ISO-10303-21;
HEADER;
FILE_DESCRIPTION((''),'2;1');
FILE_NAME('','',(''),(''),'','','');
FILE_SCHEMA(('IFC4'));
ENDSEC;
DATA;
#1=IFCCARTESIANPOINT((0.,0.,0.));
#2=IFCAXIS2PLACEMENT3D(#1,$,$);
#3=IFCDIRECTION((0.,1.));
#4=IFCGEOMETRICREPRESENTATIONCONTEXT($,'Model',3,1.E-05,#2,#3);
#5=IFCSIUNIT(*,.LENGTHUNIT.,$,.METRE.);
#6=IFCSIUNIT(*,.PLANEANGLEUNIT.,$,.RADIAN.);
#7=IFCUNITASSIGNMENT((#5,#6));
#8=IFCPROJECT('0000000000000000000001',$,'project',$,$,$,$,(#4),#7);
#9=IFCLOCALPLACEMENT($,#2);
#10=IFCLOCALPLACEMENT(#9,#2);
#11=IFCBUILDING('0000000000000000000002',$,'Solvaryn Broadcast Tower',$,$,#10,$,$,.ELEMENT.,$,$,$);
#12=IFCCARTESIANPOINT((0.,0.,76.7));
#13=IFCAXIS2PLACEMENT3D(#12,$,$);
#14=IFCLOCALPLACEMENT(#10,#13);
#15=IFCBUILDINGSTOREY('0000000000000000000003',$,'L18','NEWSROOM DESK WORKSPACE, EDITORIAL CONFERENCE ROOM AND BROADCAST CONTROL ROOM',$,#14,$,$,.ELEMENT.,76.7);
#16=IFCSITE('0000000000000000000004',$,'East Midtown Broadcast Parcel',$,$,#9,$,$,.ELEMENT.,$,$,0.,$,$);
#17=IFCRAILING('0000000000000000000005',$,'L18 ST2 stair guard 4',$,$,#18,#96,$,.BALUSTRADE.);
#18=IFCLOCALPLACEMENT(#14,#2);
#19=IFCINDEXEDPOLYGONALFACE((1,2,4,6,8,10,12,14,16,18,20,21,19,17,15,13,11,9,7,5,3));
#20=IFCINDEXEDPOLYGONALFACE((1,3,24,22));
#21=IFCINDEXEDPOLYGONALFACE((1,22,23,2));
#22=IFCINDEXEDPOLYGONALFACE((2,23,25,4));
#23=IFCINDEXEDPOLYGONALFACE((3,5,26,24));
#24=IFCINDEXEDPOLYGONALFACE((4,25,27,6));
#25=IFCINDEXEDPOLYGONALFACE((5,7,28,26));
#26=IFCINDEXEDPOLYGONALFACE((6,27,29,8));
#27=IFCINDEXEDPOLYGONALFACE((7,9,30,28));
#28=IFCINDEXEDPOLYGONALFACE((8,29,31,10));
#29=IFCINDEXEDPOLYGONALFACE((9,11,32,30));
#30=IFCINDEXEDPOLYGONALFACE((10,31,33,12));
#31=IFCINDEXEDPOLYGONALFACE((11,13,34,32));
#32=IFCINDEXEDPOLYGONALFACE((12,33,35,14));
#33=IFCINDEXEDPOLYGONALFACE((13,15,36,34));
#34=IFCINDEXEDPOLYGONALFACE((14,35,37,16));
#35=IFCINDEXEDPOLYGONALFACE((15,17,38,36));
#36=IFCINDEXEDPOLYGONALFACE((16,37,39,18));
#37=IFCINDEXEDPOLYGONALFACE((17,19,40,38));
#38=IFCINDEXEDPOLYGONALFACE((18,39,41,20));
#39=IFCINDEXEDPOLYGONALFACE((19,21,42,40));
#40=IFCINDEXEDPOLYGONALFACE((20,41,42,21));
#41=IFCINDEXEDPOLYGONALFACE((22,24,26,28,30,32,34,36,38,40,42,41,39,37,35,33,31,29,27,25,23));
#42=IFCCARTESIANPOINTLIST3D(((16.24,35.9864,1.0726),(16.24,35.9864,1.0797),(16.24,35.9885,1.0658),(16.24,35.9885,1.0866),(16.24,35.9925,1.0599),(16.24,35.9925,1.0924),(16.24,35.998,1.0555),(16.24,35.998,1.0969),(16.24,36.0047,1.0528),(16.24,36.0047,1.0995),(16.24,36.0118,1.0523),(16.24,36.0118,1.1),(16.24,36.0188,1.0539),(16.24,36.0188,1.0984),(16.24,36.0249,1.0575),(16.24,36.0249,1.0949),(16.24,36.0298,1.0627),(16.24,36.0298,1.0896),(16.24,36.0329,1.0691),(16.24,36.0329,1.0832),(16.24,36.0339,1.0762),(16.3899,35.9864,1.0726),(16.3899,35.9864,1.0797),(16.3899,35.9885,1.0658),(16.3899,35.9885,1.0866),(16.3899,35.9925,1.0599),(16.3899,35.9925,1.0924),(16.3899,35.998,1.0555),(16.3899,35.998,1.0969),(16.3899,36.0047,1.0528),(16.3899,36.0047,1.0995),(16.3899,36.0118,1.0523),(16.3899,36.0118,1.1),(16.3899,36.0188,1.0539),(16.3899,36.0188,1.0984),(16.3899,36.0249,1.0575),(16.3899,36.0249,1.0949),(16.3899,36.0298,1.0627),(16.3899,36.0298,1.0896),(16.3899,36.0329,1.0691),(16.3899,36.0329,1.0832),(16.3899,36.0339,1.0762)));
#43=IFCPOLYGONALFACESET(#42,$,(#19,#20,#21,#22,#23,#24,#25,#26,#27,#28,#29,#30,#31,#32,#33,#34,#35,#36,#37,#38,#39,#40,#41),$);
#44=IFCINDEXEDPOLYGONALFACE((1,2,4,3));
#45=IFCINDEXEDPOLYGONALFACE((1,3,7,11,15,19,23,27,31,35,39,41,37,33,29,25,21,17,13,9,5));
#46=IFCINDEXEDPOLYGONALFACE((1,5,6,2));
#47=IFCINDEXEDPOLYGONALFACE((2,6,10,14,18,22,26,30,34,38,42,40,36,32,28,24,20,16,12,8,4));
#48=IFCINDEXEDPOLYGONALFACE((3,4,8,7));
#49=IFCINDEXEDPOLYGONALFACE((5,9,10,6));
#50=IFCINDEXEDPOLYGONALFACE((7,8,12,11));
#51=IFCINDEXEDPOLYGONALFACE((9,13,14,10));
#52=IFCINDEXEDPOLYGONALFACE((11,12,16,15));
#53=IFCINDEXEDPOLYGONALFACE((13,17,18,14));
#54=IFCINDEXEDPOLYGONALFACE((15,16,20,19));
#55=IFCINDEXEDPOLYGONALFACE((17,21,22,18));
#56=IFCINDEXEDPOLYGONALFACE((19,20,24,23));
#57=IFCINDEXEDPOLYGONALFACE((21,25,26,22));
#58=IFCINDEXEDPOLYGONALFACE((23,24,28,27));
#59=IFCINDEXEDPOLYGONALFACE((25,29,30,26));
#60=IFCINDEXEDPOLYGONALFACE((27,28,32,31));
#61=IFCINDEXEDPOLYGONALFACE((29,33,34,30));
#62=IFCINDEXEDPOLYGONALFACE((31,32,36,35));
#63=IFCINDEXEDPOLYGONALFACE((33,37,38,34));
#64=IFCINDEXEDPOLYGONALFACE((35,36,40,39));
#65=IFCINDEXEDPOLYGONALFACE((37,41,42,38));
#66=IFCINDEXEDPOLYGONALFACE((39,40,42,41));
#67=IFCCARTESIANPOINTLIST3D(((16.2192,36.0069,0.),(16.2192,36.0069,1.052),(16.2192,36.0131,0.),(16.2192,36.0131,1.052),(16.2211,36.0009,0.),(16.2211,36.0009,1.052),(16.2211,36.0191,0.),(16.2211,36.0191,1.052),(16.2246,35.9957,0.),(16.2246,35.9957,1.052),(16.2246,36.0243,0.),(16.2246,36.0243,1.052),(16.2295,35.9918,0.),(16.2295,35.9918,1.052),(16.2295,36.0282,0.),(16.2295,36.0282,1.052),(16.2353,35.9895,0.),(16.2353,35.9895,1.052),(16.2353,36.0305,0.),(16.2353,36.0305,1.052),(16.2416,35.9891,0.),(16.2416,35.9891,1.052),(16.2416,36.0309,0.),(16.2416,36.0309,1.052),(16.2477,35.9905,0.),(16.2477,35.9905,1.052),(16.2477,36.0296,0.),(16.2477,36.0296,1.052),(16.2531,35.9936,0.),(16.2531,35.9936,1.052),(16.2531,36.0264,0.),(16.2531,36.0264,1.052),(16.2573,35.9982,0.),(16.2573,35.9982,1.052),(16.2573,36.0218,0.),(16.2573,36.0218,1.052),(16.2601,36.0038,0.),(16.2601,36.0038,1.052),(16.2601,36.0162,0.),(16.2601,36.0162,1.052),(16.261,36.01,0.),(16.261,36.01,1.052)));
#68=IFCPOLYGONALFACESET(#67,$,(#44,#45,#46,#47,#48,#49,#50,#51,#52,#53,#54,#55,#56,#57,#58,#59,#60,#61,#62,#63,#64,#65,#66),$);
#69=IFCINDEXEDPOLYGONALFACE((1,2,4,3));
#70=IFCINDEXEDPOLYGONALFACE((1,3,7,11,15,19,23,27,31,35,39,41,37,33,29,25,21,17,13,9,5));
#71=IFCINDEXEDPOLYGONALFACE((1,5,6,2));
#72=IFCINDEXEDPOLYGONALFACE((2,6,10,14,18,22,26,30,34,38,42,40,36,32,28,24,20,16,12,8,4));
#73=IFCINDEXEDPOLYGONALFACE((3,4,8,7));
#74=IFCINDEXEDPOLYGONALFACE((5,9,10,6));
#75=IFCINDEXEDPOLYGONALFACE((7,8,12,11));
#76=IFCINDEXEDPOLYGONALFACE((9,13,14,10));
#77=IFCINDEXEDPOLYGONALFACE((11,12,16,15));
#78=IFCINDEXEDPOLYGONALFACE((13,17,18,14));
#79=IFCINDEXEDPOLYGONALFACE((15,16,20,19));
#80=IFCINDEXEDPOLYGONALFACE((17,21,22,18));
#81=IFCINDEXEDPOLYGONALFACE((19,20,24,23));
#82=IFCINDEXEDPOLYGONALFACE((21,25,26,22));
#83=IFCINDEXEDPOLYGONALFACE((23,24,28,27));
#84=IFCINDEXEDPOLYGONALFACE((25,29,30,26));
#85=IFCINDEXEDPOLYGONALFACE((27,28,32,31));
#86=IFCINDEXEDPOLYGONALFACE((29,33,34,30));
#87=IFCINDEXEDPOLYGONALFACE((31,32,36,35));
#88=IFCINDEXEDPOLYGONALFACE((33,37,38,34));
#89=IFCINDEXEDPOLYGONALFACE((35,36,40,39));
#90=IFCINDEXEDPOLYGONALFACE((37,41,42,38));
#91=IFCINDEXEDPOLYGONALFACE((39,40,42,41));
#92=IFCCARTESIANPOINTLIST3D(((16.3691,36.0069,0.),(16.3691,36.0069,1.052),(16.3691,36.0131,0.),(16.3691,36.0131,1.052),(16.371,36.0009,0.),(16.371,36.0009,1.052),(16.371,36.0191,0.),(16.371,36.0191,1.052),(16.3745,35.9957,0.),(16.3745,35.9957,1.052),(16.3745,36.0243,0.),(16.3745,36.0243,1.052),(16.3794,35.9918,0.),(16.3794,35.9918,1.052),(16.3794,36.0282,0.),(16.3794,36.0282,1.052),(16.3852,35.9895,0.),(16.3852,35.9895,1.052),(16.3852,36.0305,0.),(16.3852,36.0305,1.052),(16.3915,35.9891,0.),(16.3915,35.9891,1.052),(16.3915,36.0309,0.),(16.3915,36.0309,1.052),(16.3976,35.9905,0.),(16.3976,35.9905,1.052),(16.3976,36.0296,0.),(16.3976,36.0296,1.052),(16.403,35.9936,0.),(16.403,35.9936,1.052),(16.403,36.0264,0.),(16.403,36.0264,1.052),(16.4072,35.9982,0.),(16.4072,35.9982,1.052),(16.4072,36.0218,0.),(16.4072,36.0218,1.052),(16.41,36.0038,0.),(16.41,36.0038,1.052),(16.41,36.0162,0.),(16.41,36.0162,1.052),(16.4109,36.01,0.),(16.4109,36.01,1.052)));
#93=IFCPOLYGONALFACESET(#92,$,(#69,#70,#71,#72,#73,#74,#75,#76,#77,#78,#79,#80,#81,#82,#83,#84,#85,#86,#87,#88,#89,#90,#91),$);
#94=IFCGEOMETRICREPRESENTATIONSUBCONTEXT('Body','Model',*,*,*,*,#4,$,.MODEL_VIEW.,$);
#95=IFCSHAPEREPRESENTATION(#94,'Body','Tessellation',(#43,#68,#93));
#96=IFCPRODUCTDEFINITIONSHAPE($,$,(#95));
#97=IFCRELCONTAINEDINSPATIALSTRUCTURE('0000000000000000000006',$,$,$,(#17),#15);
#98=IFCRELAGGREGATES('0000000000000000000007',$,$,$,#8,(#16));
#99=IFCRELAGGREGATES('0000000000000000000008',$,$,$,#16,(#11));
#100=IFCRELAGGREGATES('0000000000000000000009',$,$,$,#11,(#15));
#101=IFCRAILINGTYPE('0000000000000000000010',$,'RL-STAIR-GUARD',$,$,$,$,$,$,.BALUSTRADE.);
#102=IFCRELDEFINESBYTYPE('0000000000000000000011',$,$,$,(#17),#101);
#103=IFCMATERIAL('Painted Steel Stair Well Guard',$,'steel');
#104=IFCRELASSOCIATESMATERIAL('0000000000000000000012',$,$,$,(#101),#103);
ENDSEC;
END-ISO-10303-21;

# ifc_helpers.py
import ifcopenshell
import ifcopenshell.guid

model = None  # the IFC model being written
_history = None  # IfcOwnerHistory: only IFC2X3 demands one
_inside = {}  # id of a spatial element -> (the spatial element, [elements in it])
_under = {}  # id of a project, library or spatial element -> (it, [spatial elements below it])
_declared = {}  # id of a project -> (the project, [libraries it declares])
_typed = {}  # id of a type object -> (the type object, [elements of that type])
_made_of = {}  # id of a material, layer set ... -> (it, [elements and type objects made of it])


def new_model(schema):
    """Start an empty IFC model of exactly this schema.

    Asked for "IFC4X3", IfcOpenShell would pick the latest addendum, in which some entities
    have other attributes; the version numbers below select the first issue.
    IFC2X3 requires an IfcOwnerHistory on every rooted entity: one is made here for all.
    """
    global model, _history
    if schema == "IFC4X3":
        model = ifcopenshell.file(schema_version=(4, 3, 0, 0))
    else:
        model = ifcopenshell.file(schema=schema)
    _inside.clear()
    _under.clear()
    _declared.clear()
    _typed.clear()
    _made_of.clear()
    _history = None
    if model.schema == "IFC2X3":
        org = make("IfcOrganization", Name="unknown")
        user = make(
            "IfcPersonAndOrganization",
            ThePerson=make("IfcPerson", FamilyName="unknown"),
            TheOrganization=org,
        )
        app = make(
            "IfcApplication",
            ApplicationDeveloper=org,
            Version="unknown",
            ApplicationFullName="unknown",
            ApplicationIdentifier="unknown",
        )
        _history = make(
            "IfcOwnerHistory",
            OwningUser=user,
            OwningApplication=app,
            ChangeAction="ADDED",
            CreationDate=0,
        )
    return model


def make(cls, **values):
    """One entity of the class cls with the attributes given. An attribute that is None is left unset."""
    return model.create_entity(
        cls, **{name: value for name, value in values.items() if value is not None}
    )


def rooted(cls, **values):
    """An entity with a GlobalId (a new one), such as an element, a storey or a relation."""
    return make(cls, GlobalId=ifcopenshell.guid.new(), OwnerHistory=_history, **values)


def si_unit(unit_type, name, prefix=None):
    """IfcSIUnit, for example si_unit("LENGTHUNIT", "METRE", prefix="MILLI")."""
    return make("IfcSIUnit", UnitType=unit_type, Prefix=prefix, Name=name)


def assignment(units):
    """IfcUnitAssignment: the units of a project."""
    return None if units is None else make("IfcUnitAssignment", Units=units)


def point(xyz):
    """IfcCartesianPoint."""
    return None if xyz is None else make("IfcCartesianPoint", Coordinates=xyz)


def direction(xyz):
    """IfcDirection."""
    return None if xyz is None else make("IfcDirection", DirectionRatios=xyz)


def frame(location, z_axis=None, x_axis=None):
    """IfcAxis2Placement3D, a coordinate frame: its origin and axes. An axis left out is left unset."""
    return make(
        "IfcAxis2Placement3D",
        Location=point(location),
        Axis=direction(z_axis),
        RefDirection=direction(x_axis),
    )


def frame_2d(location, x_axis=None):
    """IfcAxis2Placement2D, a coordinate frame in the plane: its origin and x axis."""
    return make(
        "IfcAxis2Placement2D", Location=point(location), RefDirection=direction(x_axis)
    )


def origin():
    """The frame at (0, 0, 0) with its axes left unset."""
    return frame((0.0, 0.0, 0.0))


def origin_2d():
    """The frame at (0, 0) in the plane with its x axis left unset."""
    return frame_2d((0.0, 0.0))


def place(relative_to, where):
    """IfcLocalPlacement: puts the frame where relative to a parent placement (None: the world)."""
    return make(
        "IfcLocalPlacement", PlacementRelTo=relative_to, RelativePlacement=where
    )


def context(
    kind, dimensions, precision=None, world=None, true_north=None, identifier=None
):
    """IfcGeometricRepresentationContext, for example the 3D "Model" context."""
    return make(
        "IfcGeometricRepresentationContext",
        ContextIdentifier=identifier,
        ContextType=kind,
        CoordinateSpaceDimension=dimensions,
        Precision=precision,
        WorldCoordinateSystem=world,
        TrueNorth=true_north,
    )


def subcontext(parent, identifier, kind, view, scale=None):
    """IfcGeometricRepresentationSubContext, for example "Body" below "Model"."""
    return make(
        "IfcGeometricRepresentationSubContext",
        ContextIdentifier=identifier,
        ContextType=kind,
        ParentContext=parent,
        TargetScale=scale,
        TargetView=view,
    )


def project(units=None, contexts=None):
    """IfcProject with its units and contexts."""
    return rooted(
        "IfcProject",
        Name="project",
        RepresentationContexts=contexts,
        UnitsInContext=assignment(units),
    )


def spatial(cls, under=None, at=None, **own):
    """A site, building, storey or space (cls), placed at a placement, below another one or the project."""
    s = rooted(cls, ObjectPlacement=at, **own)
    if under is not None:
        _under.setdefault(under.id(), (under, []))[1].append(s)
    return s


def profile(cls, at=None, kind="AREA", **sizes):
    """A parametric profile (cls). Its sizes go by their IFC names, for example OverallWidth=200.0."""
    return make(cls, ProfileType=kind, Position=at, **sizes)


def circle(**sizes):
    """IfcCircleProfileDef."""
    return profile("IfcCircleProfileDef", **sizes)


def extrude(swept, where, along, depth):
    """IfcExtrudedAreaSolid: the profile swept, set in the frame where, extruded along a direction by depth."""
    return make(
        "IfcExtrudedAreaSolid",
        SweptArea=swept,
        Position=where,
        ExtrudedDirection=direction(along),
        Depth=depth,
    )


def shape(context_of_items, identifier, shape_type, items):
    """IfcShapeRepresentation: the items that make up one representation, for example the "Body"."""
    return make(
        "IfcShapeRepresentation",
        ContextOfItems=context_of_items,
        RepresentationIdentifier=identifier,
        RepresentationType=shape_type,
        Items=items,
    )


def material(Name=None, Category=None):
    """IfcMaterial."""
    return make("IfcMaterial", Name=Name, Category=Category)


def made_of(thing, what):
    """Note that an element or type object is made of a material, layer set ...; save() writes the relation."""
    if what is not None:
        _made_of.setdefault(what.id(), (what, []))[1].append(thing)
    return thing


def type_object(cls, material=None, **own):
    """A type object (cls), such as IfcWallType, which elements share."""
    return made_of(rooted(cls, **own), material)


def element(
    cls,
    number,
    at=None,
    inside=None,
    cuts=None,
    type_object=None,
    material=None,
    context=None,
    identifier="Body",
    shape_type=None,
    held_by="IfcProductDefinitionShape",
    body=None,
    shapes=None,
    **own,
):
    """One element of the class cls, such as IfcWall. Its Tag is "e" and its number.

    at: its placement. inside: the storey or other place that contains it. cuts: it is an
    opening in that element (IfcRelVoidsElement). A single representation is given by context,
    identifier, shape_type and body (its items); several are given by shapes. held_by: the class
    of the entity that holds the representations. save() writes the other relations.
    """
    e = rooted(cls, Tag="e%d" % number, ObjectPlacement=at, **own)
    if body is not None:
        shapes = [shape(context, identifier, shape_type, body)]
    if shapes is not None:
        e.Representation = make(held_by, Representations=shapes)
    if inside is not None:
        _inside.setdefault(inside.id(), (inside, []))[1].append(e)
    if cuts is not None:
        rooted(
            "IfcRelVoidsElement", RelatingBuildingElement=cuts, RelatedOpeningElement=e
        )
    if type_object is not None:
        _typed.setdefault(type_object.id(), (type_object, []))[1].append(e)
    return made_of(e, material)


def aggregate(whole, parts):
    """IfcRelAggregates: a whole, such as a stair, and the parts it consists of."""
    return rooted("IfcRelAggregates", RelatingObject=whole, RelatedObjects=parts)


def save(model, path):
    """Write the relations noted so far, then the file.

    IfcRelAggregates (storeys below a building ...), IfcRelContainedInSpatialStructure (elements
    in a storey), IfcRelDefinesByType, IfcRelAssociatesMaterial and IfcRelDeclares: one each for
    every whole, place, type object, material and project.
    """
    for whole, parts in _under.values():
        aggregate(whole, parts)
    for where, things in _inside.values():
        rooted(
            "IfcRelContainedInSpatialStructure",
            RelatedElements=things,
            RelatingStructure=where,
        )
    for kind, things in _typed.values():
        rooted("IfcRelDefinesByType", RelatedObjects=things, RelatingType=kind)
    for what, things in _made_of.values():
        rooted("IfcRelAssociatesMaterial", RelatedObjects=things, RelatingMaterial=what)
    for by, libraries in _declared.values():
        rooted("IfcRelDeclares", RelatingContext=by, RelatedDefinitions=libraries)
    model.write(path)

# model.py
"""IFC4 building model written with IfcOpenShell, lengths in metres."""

from ifc_helpers import new_model, si_unit, direction, frame, origin, origin_2d, place, context, subcontext, project, spatial, circle, extrude, material, type_object, element, save


model = new_model("IFC4")

# Units and contexts
model_context = context("Model", 3, precision=1e-05, world=origin(), true_north=direction((0.0, 1.0)))
body_context = subcontext(model_context, "Body", "Model", "MODEL_VIEW")
ifc_project = project(units=[si_unit("LENGTHUNIT", "METRE"), si_unit("PLANEANGLEUNIT", "RADIAN")], contexts=[model_context])

# Site, building, storey
site_placement = place(None, origin())
site = spatial("IfcSite", under=ifc_project, at=site_placement, Name="East Midtown Broadcast Parcel", CompositionType="ELEMENT", RefElevation=0.0)
building_placement = place(site_placement, origin())
building = spatial("IfcBuilding", under=site, at=building_placement, Name="Solvaryn Broadcast Tower", CompositionType="ELEMENT")
storey_placement = place(building_placement, frame((0.0, 0.0, 76.7)))
storey = spatial("IfcBuildingStorey", under=building, at=storey_placement, Name="L18", Description="NEWSROOM DESK WORKSPACE, EDITORIAL CONFERENCE ROOM AND BROADCAST CONTROL ROOM", CompositionType="ELEMENT", Elevation=76.7)

# Railing
ifc_material_1 = material(Name="Painted Steel Stair Well Guard", Category="steel")
railing_type_1 = type_object("IfcRailingType", Name="RL-STAIR-GUARD", PredefinedType="BALUSTRADE", material=ifc_material_1)
railing_1_placement = place(storey_placement, frame((16.24, 36.01, 0.0)))
element("IfcRailing", 1, at=railing_1_placement, inside=storey, type_object=railing_type_1, Name="L18 ST2 stair guard 4", PredefinedType="BALUSTRADE", context=body_context, shape_type="SweptSolid", body=[
    extrude(circle(Radius=0.0239, at=origin_2d()), frame((0.0, 0.0, 1.0762), z_axis=(1.0, 0.0, 0.0), x_axis=(0.0, 1.0, 0.0)), (0.0, 0.0, 1.0), 0.1499),
    extrude(circle(Radius=0.021, at=origin_2d()), origin(), (0.0, 0.0, 1.0), 1.052),
    extrude(circle(Radius=0.021, at=origin_2d()), frame((0.1499, 0.0, 0.0)), (0.0, 0.0, 1.0), 1.052),
])

save(model, "model.ifc")
